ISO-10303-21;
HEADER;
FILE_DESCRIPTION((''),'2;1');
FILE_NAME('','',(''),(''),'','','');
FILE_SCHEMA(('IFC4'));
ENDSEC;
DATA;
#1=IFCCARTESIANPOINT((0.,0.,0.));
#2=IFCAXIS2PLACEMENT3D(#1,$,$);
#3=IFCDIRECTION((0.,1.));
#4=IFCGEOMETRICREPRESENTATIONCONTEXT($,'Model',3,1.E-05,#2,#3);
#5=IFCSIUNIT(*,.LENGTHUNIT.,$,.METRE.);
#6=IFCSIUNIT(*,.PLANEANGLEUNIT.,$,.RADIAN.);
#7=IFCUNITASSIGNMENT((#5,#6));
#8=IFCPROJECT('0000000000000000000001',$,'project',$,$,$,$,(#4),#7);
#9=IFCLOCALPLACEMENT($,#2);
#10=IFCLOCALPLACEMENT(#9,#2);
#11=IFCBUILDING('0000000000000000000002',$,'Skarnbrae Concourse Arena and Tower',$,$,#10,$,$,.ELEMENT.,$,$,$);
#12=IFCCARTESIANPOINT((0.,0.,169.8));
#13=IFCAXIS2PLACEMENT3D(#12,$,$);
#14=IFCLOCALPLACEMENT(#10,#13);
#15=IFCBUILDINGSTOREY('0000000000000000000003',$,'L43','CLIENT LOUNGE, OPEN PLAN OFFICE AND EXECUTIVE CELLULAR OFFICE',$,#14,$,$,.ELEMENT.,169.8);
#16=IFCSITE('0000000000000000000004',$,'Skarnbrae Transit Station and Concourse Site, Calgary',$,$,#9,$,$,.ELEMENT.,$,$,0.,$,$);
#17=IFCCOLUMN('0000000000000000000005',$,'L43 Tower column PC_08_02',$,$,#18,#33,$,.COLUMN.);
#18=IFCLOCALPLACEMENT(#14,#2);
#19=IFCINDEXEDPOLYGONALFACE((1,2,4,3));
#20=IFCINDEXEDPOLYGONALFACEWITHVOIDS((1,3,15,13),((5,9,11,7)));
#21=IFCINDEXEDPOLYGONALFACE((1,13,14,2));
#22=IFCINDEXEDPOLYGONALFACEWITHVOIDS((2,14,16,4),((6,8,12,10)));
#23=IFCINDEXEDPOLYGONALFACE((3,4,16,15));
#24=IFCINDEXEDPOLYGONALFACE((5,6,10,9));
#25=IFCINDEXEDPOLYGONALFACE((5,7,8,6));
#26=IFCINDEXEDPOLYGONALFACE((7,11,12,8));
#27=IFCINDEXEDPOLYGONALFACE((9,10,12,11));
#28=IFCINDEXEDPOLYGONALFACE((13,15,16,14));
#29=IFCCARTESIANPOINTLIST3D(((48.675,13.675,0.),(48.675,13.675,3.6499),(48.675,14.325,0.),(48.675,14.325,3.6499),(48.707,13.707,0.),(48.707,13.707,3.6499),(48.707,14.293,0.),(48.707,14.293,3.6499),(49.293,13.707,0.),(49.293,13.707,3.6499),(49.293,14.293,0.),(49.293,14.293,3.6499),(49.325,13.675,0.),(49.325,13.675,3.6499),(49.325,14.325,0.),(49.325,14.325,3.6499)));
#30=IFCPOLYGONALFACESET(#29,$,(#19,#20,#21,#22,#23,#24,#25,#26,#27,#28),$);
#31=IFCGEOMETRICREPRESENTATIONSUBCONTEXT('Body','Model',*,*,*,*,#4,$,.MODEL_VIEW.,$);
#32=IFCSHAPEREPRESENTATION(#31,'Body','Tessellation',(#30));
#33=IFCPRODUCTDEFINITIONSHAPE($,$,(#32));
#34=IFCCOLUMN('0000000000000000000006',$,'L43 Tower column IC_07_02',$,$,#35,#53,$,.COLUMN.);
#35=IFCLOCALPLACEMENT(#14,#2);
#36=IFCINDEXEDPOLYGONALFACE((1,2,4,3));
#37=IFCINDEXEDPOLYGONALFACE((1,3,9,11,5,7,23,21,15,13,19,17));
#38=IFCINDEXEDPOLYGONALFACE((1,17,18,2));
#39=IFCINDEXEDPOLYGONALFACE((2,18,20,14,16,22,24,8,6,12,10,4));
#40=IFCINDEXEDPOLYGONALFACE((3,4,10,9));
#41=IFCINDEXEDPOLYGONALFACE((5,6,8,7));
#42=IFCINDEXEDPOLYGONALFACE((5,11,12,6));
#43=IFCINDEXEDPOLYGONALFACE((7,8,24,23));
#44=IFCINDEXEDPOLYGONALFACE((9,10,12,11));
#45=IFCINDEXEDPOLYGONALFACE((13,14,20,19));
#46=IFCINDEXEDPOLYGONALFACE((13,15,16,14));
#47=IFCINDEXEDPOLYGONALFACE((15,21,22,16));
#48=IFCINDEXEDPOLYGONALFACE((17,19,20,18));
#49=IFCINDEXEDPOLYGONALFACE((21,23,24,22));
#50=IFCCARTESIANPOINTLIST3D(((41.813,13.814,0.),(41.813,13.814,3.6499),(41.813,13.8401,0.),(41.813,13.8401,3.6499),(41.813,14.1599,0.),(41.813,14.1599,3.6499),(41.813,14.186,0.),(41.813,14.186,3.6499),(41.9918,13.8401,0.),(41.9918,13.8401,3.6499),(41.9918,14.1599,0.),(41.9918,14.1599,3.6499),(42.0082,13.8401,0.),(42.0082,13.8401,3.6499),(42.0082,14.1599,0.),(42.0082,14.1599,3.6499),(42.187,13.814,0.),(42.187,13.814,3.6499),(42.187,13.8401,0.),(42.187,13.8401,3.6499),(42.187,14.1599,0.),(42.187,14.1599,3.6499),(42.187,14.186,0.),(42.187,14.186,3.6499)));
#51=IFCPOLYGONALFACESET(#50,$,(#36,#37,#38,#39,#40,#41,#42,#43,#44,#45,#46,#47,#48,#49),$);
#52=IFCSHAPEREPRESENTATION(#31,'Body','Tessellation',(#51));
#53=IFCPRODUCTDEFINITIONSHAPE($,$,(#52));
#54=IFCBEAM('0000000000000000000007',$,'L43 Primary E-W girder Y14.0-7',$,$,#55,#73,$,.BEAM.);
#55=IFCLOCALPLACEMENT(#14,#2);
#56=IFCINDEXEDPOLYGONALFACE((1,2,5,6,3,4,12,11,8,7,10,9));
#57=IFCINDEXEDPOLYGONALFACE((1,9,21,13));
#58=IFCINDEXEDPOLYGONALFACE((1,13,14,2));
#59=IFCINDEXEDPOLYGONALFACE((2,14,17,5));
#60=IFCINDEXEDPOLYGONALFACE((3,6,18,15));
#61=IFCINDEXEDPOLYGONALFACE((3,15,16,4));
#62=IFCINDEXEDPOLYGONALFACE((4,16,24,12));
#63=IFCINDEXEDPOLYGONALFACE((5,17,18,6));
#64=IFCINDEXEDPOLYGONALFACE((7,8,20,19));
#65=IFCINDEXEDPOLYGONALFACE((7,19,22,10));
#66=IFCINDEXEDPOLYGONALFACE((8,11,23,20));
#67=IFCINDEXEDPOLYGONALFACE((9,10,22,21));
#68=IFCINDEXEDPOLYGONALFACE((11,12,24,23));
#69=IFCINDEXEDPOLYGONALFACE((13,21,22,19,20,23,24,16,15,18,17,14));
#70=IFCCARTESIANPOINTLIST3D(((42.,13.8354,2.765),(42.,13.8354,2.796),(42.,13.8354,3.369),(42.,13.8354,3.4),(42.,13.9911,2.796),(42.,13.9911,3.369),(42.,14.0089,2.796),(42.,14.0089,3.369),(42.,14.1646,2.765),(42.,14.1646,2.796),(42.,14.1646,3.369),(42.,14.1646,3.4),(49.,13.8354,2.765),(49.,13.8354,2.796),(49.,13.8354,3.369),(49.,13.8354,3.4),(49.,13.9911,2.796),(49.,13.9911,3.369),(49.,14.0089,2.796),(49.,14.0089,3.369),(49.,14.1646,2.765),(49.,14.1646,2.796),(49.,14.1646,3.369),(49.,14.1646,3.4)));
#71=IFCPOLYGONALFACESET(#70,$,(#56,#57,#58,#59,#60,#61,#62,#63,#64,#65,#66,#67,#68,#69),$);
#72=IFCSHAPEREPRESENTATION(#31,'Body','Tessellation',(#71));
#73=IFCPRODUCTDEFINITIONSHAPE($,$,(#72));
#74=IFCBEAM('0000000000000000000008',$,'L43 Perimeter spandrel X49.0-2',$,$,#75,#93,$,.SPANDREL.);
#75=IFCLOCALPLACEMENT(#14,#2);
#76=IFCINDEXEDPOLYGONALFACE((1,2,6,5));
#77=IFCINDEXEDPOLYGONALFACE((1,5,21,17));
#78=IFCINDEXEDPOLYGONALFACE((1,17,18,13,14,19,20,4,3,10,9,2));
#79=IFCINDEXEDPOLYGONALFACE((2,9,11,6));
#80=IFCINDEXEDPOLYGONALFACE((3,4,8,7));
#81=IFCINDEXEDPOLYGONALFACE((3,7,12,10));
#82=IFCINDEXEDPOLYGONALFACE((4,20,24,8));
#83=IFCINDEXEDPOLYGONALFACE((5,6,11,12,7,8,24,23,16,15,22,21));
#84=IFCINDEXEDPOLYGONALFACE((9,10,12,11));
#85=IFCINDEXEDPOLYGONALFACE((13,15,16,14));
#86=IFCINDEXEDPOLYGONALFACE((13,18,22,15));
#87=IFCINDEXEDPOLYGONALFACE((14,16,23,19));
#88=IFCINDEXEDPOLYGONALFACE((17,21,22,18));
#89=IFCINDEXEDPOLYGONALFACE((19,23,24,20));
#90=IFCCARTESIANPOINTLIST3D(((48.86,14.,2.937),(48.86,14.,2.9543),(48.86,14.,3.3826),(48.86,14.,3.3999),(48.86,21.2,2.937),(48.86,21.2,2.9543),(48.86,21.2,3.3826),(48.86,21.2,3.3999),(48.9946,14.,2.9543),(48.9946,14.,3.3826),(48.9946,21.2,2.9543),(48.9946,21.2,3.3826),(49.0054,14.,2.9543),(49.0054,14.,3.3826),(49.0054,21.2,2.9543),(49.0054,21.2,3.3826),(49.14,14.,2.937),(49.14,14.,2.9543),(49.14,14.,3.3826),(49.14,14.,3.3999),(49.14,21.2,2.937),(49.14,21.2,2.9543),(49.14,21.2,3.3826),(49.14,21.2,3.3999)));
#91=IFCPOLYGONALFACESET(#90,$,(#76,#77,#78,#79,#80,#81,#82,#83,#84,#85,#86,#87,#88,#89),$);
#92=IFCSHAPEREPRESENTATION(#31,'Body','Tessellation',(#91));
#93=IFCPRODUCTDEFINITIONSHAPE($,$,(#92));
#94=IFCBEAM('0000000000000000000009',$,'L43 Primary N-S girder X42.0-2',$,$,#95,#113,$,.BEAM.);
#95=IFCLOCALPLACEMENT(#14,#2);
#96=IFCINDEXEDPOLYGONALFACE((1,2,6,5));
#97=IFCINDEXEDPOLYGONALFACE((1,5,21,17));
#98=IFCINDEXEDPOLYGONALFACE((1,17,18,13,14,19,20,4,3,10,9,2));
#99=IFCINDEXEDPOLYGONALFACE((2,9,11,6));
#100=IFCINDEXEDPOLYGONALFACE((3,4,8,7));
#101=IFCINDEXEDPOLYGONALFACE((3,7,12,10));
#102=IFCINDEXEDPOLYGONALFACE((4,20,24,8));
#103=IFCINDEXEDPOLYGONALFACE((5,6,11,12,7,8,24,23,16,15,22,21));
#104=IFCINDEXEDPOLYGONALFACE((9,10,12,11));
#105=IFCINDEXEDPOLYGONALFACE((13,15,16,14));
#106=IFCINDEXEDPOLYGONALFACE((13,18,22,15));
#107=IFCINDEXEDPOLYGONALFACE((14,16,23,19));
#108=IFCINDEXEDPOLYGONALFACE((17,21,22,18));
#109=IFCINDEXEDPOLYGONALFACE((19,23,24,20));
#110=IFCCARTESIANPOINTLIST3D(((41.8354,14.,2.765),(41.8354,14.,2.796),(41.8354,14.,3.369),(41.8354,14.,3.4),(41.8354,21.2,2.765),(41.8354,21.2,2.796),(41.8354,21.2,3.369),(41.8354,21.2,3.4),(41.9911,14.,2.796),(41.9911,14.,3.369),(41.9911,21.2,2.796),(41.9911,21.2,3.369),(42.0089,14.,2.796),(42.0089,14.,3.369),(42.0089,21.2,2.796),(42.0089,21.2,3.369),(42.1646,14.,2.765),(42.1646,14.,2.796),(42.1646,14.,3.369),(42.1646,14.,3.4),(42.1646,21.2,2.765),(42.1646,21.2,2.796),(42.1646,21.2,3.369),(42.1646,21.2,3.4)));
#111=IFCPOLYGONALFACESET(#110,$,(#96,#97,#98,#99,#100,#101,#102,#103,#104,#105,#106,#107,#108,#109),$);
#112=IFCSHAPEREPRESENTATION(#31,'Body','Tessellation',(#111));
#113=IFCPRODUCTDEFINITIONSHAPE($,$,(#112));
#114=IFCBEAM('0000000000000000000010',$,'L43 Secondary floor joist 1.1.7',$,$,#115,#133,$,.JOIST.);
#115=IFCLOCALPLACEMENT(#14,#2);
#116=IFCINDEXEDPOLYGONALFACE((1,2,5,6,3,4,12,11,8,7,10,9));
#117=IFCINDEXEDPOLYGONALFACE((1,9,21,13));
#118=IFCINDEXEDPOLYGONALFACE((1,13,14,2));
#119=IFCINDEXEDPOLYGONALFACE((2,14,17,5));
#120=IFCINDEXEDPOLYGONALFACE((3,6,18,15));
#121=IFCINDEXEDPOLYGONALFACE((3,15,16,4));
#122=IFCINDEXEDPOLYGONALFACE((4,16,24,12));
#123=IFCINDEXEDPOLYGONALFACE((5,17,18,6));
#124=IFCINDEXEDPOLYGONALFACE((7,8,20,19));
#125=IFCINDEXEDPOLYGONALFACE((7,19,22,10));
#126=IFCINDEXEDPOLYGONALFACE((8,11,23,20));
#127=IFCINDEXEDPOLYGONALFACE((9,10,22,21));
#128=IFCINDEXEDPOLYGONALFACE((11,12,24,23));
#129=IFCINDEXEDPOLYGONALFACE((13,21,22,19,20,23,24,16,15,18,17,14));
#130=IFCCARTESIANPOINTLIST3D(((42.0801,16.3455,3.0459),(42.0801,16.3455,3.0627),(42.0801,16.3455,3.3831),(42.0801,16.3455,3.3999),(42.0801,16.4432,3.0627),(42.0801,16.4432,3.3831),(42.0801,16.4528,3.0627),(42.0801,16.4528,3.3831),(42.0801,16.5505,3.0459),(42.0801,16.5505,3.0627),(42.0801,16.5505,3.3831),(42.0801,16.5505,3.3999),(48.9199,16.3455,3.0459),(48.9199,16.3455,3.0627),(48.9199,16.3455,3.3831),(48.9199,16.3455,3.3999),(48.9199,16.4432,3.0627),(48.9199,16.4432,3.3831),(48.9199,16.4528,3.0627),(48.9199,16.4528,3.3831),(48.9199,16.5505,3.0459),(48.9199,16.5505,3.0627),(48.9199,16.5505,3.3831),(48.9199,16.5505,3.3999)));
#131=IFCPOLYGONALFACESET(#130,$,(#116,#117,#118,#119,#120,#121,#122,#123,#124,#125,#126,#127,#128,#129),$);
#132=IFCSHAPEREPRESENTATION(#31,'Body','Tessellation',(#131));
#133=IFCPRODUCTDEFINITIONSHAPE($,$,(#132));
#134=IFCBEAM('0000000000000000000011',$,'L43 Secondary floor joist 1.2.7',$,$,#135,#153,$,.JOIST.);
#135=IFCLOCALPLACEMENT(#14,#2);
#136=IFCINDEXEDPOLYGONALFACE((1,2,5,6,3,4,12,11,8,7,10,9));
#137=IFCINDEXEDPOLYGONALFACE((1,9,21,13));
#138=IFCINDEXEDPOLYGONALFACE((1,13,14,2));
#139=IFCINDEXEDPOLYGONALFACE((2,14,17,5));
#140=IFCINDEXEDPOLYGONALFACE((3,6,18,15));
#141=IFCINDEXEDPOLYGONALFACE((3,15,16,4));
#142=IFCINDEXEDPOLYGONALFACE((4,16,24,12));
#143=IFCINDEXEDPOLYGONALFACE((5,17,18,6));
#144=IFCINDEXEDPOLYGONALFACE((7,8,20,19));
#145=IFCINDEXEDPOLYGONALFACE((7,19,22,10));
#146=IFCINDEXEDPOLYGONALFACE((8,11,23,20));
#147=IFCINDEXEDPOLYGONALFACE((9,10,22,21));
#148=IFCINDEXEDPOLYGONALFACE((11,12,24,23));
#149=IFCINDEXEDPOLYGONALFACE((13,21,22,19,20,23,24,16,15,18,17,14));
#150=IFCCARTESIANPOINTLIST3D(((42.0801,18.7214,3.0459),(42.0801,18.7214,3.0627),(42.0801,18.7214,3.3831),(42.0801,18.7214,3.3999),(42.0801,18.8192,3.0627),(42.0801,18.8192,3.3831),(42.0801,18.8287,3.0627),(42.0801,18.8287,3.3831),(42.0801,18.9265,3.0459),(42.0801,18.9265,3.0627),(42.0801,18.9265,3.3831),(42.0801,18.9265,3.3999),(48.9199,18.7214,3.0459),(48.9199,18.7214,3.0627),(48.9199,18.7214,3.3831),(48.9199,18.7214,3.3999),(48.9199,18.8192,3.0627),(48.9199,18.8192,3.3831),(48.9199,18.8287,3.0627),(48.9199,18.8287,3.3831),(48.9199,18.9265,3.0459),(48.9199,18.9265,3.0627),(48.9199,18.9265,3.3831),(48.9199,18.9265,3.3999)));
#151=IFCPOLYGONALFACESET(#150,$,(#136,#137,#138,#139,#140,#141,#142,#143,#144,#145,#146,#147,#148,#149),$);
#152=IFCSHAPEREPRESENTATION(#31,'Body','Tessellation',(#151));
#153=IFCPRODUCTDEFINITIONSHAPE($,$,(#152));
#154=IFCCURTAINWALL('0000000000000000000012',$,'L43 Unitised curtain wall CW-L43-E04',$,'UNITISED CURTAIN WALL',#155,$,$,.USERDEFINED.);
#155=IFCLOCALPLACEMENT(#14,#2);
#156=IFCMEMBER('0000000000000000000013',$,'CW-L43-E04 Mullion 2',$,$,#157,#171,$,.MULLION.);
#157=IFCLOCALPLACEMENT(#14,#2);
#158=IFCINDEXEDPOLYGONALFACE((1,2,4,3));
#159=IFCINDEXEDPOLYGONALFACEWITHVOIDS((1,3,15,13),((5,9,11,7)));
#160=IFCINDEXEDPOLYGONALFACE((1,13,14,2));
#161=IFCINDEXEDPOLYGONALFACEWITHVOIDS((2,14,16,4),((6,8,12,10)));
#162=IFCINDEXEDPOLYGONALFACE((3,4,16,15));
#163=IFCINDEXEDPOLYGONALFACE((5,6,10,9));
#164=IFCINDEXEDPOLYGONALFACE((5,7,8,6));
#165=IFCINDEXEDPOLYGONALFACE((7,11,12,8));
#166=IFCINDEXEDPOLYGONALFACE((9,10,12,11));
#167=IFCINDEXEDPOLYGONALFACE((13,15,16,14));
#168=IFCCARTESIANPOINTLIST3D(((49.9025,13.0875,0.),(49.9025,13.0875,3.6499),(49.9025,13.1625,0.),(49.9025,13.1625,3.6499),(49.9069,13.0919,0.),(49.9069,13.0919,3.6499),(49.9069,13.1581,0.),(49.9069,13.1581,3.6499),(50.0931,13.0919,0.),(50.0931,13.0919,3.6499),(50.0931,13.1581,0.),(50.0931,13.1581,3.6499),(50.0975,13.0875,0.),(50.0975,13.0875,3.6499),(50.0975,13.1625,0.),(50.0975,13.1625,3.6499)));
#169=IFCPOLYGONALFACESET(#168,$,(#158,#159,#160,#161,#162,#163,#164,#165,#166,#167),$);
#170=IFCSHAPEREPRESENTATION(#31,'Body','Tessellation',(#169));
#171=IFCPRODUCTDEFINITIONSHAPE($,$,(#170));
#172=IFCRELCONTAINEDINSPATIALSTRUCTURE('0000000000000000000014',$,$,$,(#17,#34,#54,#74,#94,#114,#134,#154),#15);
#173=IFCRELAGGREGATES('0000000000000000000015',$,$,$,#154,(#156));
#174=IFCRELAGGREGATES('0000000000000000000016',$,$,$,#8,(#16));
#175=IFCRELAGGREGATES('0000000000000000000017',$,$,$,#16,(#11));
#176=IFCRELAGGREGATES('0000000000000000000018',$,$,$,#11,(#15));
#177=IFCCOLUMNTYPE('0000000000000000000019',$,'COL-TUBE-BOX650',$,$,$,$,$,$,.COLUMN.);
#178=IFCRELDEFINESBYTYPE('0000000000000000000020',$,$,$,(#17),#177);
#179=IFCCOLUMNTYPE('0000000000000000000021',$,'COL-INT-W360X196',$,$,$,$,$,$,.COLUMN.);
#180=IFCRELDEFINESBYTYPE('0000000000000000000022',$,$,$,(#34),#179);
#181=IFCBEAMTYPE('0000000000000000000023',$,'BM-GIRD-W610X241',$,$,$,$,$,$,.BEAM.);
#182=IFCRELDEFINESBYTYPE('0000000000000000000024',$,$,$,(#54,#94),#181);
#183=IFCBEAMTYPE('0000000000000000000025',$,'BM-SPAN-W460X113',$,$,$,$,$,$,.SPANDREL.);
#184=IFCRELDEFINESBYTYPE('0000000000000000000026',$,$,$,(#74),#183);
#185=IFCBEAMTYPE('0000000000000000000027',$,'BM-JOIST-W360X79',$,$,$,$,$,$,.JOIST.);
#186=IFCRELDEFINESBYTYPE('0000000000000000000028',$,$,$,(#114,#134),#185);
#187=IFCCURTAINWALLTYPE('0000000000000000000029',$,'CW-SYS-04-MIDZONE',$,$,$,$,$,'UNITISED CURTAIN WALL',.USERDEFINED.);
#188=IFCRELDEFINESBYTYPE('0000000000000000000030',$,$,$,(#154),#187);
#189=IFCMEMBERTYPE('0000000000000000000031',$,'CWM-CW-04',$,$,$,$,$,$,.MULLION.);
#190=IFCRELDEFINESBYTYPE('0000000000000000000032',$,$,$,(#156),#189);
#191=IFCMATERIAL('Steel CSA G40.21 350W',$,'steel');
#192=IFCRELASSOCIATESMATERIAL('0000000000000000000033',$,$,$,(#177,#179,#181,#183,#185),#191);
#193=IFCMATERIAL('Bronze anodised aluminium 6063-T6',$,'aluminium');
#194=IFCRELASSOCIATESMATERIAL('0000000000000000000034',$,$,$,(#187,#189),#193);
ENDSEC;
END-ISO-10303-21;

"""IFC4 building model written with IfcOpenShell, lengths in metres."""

from ifc_helpers import new_model, si_unit, direction, frame, origin, origin_2d, place, context, subcontext, project, spatial, hollow_rectangle, i_section, extrude, source, transform, mapped, material, material_profile, profile_set, type_object, element, aggregate, save


model = new_model("IFC4")

# Units and contexts
model_context = context("Model", 3, precision=1e-05, world=origin(), true_north=direction((0.0, 1.0)))
body_context = subcontext(model_context, "Body", "Model", "MODEL_VIEW")
ifc_project = project(units=[si_unit("LENGTHUNIT", "METRE"), si_unit("PLANEANGLEUNIT", "RADIAN")], contexts=[model_context])

# Site, building, storey
site_placement = place(None, origin())
site = spatial("IfcSite", under=ifc_project, at=site_placement, Name="Skarnbrae Transit Station and Concourse Site, Calgary", CompositionType="ELEMENT", RefElevation=0.0)
building_placement = place(site_placement, origin())
building = spatial("IfcBuilding", under=site, at=building_placement, Name="Skarnbrae Concourse Arena and Tower", CompositionType="ELEMENT")
storey_placement = place(building_placement, frame((0.0, 0.0, 169.8)))
storey = spatial("IfcBuildingStorey", under=building, at=storey_placement, Name="L43", Description="CLIENT LOUNGE, OPEN PLAN OFFICE AND EXECUTIVE CELLULAR OFFICE", CompositionType="ELEMENT", Elevation=169.8)

# Columns
ifc_material_1 = material(Name="Steel CSA G40.21 350W", Category="steel")
ifc_material_profile_1 = material_profile(ifc_material_1, hollow_rectangle(XDim=0.6499, YDim=0.6499, WallThickness=0.032, at=origin_2d()), Name="BOX650X650X32")
ifc_profile_set_1 = profile_set([ifc_material_profile_1], Name="Steel CSA G40.21 350W")
column_type_1 = type_object("IfcColumnType", Name="COL-TUBE-BOX650", PredefinedType="COLUMN", material=ifc_profile_set_1)
shared_shape_1 = source(origin(), body_context, "Body", "SweptSolid", [
    extrude(hollow_rectangle(XDim=0.6499, YDim=0.6499, WallThickness=0.032, at=origin_2d()), origin(), (0.0, 0.0, 1.0), 3.6499),
])
column_1_placement = place(storey_placement, frame((49.0, 14.0, 0.0), z_axis=(0.0, 0.0, 1.0), x_axis=(1.0, 0.0, 0.0)))
element("IfcColumn", 1, at=column_1_placement, inside=storey, type_object=column_type_1, Name="L43 Tower column PC_08_02", PredefinedType="COLUMN", context=body_context, shape_type="MappedRepresentation", body=[
    mapped(shared_shape_1, transform((0.0, 0.0, 0.0))),
])
ifc_material_profile_2 = material_profile(ifc_material_1, i_section(OverallWidth=0.374, OverallDepth=0.3721, WebThickness=0.0164, FlangeThickness=0.0261, at=origin_2d()), Name="W360X196")
ifc_profile_set_2 = profile_set([ifc_material_profile_2], Name="Steel CSA G40.21 350W")
column_type_2 = type_object("IfcColumnType", Name="COL-INT-W360X196", PredefinedType="COLUMN", material=ifc_profile_set_2)
shared_shape_2 = source(origin(), body_context, "Body", "SweptSolid", [
    extrude(i_section(OverallWidth=0.374, OverallDepth=0.3721, WebThickness=0.0164, FlangeThickness=0.0261, at=origin_2d()), origin(), (0.0, 0.0, 1.0), 3.6499),
])
column_2_placement = place(storey_placement, frame((42.0, 14.0, 0.0), z_axis=(0.0, 0.0, 1.0), x_axis=(1.0, 0.0, 0.0)))
element("IfcColumn", 2, at=column_2_placement, inside=storey, type_object=column_type_2, Name="L43 Tower column IC_07_02", PredefinedType="COLUMN", context=body_context, shape_type="MappedRepresentation", body=[
    mapped(shared_shape_2, transform((0.0, 0.0, 0.0))),
])

# Beams
ifc_material_profile_3 = material_profile(ifc_material_1, i_section(OverallWidth=0.3291, OverallDepth=0.635, WebThickness=0.0178, FlangeThickness=0.031, at=origin_2d()), Name="W610X241")
ifc_profile_set_3 = profile_set([ifc_material_profile_3], Name="Steel CSA G40.21 350W")
beam_type_1 = type_object("IfcBeamType", Name="BM-GIRD-W610X241", PredefinedType="BEAM", material=ifc_profile_set_3)
shared_shape_3 = source(origin(), body_context, "Body", "SweptSolid", [
    extrude(i_section(OverallWidth=0.3291, OverallDepth=0.635, WebThickness=0.0178, FlangeThickness=0.031, at=origin_2d()), origin(), (0.0, 0.0, 1.0), 7.0),
])
beam_1_placement = place(storey_placement, frame((42.0, 14.0, 3.0825), z_axis=(1.0, 0.0, 0.0), x_axis=(0.0, 1.0, 0.0)))
element("IfcBeam", 3, at=beam_1_placement, inside=storey, type_object=beam_type_1, Name="L43 Primary E-W girder Y14.0-7", PredefinedType="BEAM", context=body_context, shape_type="MappedRepresentation", body=[
    mapped(shared_shape_3, transform((0.0, 0.0, 0.0))),
])
ifc_material_profile_4 = material_profile(ifc_material_1, i_section(OverallWidth=0.28, OverallDepth=0.4629, WebThickness=0.0107, FlangeThickness=0.0173, at=origin_2d()), Name="W460X113")
ifc_profile_set_4 = profile_set([ifc_material_profile_4], Name="Steel CSA G40.21 350W")
beam_type_2 = type_object("IfcBeamType", Name="BM-SPAN-W460X113", PredefinedType="SPANDREL", material=ifc_profile_set_4)
shared_shape_4 = source(origin(), body_context, "Body", "SweptSolid", [
    extrude(i_section(OverallWidth=0.28, OverallDepth=0.4629, WebThickness=0.0107, FlangeThickness=0.0173, at=origin_2d()), origin(), (0.0, 0.0, 1.0), 7.2),
])
beam_2_placement = place(storey_placement, frame((49.0, 14.0, 3.1685), z_axis=(0.0, 1.0, 0.0), x_axis=(-1.0, 0.0, 0.0)))
element("IfcBeam", 4, at=beam_2_placement, inside=storey, type_object=beam_type_2, Name="L43 Perimeter spandrel X49.0-2", PredefinedType="SPANDREL", context=body_context, shape_type="MappedRepresentation", body=[
    mapped(shared_shape_4, transform((0.0, 0.0, 0.0))),
])
shared_shape_5 = source(origin(), body_context, "Body", "SweptSolid", [
    extrude(i_section(OverallWidth=0.3291, OverallDepth=0.635, WebThickness=0.0178, FlangeThickness=0.031, at=origin_2d()), origin(), (0.0, 0.0, 1.0), 7.2),
])
beam_3_placement = place(storey_placement, frame((42.0, 14.0, 3.0825), z_axis=(0.0, 1.0, 0.0), x_axis=(-1.0, 0.0, 0.0)))
element("IfcBeam", 5, at=beam_3_placement, inside=storey, type_object=beam_type_1, Name="L43 Primary N-S girder X42.0-2", PredefinedType="BEAM", context=body_context, shape_type="MappedRepresentation", body=[
    mapped(shared_shape_5, transform((0.0, 0.0, 0.0))),
])
ifc_material_profile_5 = material_profile(ifc_material_1, i_section(OverallWidth=0.2051, OverallDepth=0.354, WebThickness=0.0095, FlangeThickness=0.0168, at=origin_2d()), Name="W360X79")
ifc_profile_set_5 = profile_set([ifc_material_profile_5], Name="Steel CSA G40.21 350W")
beam_type_3 = type_object("IfcBeamType", Name="BM-JOIST-W360X79", PredefinedType="JOIST", material=ifc_profile_set_5)
shared_shape_6 = source(origin(), body_context, "Body", "SweptSolid", [
    extrude(i_section(OverallWidth=0.2051, OverallDepth=0.354, WebThickness=0.0095, FlangeThickness=0.0168, at=origin_2d()), origin(), (0.0, 0.0, 1.0), 6.8398),
])
for number, where, z_axis, x_axis, name in (
    (6, (42.0801, 16.448, 3.2229), (1.0, 0.0, 0.0), (0.0, 1.0, 0.0), "L43 Secondary floor joist 1.1.7"),
    (7, (42.0801, 18.824, 3.2229), (1.0, 0.0, 0.0), (0.0, 1.0, 0.0), "L43 Secondary floor joist 1.2.7"),
):
    element("IfcBeam", number, at=place(storey_placement, frame(where, z_axis=z_axis, x_axis=x_axis)), inside=storey, type_object=beam_type_3, Name=name, PredefinedType="JOIST", context=body_context, shape_type="MappedRepresentation", body=[
        mapped(shared_shape_6, transform((0.0, 0.0, 0.0))),
    ])

# Curtain wall, member
ifc_material_2 = material(Name="Bronze anodised aluminium 6063-T6", Category="aluminium")
curtain_wall_type = type_object("IfcCurtainWallType", Name="CW-SYS-04-MIDZONE", ElementType="UNITISED CURTAIN WALL", PredefinedType="USERDEFINED", material=ifc_material_2)
curtain_wall_placement = place(storey_placement, origin())
curtain_wall = element("IfcCurtainWall", 8, at=curtain_wall_placement, inside=storey, type_object=curtain_wall_type, Name="L43 Unitised curtain wall CW-L43-E04", ObjectType="UNITISED CURTAIN WALL", PredefinedType="USERDEFINED")
ifc_material_profile_6 = material_profile(ifc_material_2, hollow_rectangle(XDim=0.075, YDim=0.1951, WallThickness=0.0044, at=origin_2d()), Name="ALU-MULL-75X195")
ifc_profile_set_6 = profile_set([ifc_material_profile_6], Name="Bronze anodised aluminium 6063-T6")
member_type_1 = type_object("IfcMemberType", Name="CWM-CW-04", PredefinedType="MULLION", material=ifc_profile_set_6)
shared_shape_7 = source(origin(), body_context, "Body", "SweptSolid", [
    extrude(hollow_rectangle(XDim=0.075, YDim=0.1951, WallThickness=0.0044, at=origin_2d()), origin(), (0.0, 0.0, 1.0), 3.6499),
])
member_1_placement = place(storey_placement, frame((50.0, 13.125, 0.0), z_axis=(0.0, 0.0, 1.0), x_axis=(0.0, 1.0, 0.0)))
member_1 = element("IfcMember", 9, at=member_1_placement, type_object=member_type_1, Name="CW-L43-E04 Mullion 2", PredefinedType="MULLION", context=body_context, shape_type="MappedRepresentation", body=[
    mapped(shared_shape_7, transform((0.0, 0.0, 0.0))),
])
aggregate(curtain_wall, [member_1])

save(model, "model.ifc")
